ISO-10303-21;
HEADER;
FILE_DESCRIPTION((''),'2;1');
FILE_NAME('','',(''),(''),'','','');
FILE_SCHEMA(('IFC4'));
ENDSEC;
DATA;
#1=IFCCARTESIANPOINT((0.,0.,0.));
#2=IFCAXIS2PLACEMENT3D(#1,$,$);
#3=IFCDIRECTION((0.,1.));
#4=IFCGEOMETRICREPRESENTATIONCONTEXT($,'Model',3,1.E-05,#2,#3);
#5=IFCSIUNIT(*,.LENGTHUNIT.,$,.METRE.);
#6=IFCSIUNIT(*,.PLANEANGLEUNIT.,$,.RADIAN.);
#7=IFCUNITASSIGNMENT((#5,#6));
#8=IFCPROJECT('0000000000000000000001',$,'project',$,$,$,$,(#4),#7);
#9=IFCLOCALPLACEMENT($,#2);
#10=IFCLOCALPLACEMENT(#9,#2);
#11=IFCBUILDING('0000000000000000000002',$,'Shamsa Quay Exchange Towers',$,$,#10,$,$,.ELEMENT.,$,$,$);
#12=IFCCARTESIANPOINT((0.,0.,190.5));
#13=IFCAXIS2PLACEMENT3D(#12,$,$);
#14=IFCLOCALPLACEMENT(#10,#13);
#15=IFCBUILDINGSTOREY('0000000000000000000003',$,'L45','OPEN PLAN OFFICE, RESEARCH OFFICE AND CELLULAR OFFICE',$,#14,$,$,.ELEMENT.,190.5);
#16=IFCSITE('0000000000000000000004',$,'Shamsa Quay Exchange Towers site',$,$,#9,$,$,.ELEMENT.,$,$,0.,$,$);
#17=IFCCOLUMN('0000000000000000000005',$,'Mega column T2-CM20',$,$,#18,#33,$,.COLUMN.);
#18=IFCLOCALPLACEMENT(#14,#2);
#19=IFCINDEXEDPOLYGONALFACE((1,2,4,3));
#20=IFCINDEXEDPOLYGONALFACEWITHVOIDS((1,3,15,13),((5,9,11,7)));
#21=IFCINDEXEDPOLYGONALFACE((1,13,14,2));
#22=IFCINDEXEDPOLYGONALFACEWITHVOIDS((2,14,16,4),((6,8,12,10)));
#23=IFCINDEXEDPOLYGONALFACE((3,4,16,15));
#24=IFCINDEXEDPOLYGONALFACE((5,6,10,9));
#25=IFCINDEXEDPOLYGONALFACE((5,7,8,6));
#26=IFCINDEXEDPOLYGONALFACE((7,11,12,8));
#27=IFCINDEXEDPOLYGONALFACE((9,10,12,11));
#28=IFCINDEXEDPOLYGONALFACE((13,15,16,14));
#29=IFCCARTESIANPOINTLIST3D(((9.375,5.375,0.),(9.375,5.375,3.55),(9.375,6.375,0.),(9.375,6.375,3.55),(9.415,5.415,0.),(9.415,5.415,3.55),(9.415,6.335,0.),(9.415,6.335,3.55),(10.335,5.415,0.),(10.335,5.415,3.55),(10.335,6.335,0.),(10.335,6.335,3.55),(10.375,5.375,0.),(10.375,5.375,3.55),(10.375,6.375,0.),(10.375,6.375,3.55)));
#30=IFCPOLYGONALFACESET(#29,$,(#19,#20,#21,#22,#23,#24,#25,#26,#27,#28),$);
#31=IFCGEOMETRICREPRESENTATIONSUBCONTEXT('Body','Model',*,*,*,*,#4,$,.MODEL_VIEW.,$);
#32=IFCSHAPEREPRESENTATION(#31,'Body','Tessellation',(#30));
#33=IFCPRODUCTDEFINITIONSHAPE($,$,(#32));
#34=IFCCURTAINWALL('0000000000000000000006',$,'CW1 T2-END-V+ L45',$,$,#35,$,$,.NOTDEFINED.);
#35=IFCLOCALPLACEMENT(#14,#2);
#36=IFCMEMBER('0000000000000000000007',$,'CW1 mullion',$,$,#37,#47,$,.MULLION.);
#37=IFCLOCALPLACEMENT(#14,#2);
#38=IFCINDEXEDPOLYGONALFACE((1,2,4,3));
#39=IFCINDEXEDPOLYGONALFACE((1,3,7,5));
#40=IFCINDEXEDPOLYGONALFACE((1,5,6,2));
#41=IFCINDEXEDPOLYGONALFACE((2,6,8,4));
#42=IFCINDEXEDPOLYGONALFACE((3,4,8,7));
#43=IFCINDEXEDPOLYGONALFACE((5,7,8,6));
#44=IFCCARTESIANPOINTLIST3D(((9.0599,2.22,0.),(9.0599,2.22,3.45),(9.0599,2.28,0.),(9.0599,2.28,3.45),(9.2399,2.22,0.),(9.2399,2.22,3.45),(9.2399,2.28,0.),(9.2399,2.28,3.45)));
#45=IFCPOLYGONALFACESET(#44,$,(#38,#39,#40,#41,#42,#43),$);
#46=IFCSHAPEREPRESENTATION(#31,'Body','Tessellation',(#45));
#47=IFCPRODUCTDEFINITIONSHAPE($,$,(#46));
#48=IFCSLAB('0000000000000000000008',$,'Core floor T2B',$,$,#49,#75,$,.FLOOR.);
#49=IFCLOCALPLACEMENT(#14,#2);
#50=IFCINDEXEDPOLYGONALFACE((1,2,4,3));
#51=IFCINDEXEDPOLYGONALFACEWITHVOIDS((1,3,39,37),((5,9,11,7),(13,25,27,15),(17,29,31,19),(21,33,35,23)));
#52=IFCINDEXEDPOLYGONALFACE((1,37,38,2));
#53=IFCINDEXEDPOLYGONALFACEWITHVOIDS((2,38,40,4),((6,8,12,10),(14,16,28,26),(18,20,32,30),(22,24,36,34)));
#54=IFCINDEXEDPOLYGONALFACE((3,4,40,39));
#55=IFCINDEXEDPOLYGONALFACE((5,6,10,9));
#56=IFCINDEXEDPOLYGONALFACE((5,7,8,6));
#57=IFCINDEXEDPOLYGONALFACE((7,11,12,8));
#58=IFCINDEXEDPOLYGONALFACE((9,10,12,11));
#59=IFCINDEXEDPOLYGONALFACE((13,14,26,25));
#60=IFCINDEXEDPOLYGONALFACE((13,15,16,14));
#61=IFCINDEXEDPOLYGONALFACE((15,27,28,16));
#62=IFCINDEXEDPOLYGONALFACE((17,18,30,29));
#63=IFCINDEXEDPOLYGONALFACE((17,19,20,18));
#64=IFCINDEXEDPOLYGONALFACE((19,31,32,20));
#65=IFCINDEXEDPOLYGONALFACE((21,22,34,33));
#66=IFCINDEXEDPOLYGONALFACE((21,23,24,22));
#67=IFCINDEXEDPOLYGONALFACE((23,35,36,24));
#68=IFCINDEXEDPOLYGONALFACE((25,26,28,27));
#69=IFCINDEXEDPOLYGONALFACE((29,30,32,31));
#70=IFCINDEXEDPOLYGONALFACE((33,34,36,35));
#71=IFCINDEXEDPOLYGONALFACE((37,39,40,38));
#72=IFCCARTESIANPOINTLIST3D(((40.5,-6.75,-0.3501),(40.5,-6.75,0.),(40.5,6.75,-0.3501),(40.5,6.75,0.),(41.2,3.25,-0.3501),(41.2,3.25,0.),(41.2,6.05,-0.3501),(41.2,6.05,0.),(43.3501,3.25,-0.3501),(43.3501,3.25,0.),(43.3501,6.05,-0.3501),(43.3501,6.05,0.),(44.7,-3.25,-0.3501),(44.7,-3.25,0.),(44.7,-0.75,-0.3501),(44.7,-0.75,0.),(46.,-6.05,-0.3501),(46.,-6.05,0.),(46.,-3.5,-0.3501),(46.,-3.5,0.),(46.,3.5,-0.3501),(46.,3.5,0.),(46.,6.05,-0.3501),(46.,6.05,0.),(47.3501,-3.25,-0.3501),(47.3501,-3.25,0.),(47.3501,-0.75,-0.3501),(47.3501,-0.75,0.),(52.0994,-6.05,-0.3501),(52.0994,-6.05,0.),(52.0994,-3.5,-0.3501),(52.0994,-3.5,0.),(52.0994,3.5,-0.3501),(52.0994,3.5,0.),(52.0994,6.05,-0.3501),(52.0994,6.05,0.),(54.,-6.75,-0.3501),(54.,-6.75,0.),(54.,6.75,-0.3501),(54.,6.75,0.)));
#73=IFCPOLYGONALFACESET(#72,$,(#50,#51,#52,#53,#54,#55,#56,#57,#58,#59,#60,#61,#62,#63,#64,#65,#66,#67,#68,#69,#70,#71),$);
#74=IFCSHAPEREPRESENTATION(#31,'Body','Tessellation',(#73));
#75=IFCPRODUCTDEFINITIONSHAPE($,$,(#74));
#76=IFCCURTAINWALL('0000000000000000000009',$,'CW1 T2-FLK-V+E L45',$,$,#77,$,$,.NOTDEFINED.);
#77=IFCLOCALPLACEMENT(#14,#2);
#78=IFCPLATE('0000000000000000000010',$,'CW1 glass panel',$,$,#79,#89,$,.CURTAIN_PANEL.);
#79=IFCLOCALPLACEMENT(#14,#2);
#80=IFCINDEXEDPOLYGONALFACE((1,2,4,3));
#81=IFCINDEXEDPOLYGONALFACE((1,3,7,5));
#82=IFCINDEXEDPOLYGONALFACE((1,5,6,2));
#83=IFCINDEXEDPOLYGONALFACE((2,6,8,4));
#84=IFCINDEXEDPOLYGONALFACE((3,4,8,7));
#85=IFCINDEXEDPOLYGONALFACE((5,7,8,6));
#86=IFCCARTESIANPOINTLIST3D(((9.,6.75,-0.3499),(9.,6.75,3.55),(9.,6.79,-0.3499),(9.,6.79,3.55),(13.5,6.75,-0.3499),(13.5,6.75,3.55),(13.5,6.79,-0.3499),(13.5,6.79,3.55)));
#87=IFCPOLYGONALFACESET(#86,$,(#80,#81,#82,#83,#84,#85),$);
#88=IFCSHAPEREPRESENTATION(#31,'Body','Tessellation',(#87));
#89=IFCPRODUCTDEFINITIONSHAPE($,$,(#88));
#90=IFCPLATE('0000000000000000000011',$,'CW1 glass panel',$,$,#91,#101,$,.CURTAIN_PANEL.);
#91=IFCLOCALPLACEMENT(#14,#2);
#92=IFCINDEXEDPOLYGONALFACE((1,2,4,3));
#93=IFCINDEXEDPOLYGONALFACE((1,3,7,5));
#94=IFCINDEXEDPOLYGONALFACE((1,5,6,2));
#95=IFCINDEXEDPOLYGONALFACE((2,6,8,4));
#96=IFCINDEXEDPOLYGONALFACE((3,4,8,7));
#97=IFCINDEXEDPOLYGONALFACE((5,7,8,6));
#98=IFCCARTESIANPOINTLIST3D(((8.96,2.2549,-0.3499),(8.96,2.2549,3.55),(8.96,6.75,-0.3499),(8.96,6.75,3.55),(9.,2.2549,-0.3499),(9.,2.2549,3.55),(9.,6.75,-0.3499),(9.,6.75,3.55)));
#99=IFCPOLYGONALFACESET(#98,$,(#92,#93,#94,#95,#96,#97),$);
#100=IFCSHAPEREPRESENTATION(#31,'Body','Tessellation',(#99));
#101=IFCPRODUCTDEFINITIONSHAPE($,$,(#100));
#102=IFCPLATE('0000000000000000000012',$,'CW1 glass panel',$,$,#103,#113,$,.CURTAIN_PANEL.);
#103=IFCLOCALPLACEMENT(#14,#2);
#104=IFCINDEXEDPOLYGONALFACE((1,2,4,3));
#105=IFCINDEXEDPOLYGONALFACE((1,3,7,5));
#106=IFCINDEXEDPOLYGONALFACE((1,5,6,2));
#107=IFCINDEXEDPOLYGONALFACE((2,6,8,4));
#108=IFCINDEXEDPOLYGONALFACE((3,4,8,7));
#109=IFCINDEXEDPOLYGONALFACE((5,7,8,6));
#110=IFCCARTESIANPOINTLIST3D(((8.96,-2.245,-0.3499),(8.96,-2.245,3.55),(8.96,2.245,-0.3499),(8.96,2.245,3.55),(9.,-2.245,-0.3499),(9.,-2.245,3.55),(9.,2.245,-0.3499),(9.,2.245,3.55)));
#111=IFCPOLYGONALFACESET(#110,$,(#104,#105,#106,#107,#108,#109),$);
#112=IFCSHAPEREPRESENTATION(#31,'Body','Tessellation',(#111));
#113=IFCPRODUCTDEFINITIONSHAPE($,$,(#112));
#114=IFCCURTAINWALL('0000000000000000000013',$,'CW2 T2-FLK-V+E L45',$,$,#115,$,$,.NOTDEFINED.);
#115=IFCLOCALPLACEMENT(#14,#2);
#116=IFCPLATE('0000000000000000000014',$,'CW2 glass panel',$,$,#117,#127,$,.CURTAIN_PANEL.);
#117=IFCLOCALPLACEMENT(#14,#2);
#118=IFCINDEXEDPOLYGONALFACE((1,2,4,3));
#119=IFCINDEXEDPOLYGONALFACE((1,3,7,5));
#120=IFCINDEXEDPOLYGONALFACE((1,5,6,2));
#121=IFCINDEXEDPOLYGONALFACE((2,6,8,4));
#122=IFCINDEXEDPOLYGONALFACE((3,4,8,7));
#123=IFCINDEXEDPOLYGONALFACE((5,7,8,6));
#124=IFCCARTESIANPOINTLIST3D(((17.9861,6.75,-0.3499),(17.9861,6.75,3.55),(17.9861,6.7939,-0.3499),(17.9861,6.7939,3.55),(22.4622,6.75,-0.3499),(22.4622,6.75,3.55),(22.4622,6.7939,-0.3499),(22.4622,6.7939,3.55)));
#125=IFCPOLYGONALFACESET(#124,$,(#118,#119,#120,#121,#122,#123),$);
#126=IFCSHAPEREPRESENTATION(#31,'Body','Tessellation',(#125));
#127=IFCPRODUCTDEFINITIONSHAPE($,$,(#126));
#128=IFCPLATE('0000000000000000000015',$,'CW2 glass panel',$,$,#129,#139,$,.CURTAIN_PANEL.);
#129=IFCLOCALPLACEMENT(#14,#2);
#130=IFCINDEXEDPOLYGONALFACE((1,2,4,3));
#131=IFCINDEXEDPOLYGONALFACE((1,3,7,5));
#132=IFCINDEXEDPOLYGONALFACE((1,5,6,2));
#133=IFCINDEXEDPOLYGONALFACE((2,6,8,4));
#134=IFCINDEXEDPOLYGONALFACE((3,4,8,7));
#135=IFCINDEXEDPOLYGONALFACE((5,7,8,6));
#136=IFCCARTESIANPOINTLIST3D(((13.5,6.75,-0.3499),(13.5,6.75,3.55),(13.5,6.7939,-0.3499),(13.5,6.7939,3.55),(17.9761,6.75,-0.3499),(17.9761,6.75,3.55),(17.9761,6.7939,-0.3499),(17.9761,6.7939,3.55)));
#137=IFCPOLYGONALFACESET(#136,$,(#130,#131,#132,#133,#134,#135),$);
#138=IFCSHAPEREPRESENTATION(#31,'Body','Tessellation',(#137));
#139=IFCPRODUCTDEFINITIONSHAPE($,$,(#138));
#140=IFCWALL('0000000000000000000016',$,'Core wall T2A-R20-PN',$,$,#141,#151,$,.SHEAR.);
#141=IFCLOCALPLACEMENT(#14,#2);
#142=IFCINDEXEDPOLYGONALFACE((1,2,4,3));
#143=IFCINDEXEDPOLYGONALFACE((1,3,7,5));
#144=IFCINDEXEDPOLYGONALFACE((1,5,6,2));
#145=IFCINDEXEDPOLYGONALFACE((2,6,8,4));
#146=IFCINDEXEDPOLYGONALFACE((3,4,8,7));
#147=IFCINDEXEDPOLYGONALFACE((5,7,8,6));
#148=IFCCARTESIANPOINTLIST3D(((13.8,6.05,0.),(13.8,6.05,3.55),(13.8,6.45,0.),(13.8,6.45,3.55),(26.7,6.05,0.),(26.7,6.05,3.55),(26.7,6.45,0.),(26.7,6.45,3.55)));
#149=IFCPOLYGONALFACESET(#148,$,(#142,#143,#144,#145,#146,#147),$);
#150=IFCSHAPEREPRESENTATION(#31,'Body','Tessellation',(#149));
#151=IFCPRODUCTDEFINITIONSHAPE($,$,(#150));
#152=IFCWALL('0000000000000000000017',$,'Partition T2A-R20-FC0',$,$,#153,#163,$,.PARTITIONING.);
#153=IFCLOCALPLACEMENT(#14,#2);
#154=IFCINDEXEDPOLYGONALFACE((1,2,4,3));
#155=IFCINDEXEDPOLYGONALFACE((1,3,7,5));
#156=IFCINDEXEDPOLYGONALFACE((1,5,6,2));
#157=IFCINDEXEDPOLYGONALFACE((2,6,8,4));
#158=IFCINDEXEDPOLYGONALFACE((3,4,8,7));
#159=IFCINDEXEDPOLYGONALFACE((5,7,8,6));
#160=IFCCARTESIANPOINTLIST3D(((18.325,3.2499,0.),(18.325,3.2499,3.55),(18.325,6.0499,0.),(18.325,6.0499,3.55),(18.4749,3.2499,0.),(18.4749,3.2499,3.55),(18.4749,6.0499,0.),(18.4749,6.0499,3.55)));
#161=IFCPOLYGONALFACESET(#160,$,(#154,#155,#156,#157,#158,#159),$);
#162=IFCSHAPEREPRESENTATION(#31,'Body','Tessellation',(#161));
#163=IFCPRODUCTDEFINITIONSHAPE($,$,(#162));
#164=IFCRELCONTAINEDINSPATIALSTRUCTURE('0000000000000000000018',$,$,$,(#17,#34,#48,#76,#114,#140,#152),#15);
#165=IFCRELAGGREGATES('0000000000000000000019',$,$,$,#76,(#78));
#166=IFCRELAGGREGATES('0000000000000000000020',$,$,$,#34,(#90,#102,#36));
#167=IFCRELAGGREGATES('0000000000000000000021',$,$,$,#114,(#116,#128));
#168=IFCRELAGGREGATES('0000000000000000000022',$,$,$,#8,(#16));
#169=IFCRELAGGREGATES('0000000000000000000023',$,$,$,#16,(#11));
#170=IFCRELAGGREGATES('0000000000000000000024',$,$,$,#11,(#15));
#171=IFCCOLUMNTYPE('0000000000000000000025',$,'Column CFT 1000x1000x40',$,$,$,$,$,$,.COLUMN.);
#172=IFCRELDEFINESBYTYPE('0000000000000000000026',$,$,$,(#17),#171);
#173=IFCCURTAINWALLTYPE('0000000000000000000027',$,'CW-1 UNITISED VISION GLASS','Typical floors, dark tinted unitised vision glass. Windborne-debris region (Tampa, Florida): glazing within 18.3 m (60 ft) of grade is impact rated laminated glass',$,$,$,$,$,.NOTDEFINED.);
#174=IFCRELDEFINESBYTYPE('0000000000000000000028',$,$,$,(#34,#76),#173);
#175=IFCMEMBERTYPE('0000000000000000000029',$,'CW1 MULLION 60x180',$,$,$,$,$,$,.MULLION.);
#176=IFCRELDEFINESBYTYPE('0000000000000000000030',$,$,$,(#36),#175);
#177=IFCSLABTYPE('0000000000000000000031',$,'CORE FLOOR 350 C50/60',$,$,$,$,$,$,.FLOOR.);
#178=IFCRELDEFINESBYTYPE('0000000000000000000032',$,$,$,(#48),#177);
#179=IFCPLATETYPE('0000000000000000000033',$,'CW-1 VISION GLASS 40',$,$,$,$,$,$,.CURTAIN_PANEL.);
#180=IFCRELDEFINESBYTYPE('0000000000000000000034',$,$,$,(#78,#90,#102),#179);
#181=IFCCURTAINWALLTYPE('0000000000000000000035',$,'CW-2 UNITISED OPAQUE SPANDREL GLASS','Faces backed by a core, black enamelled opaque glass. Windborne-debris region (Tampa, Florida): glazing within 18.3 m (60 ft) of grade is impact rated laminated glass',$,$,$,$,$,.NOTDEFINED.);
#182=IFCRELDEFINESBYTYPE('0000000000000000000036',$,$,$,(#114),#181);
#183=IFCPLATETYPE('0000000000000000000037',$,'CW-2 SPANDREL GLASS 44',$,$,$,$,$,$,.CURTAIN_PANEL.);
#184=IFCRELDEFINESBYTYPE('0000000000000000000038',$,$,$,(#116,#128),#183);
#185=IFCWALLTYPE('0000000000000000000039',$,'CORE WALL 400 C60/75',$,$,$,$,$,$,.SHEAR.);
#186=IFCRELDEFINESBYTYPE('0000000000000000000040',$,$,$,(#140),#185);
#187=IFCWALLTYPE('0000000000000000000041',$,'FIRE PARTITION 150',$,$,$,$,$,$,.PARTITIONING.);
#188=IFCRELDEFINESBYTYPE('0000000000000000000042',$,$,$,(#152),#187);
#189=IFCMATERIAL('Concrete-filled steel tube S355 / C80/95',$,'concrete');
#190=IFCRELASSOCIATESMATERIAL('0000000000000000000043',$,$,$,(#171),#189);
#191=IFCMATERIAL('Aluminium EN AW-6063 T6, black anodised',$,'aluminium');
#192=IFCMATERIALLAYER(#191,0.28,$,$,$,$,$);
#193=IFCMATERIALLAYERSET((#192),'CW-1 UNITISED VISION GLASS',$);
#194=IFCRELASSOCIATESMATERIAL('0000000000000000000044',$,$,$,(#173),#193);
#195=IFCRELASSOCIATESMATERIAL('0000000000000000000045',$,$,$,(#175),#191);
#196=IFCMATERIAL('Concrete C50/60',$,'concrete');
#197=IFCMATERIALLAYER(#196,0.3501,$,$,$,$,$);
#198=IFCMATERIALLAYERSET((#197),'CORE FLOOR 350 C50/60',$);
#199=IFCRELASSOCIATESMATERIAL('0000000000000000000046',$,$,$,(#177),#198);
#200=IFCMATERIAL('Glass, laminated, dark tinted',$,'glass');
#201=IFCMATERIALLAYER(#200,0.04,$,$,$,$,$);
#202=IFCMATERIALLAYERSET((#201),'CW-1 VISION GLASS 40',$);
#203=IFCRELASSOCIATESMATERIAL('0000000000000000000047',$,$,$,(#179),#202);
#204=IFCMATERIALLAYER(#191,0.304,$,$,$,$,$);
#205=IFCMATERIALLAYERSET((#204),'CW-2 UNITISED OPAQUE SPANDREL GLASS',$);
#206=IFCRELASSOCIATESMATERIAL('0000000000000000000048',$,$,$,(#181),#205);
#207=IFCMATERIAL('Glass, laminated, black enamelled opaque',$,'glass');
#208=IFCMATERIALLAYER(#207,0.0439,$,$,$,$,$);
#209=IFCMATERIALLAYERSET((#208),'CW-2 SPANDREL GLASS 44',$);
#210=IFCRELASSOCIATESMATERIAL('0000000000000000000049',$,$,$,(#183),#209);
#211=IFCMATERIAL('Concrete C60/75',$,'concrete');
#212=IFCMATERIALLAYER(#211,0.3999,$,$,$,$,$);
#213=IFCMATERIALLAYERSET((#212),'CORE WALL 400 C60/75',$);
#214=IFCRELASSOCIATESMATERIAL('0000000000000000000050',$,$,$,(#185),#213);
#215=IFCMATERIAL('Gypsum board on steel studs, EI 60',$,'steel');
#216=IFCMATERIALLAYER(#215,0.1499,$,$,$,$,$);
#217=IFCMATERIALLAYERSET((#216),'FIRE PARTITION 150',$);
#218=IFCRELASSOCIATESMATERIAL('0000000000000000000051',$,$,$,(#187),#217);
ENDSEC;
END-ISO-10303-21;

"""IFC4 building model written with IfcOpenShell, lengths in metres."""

from ifc_helpers import new_model, si_unit, direction, frame, frame_2d, origin, origin_2d, place, context, subcontext, project, spatial, polyline, rectangle, hollow_rectangle, outline, extrude, material, layer, layer_set, material_profile, profile_set, type_object, element, aggregate, save


model = new_model("IFC4")

# Units and contexts
model_context = context("Model", 3, precision=1e-05, world=origin(), true_north=direction((0.0, 1.0)))
body_context = subcontext(model_context, "Body", "Model", "MODEL_VIEW")
ifc_project = project(units=[si_unit("LENGTHUNIT", "METRE"), si_unit("PLANEANGLEUNIT", "RADIAN")], contexts=[model_context])

# Site, building, storey
site_placement = place(None, origin())
site = spatial("IfcSite", under=ifc_project, at=site_placement, Name="Shamsa Quay Exchange Towers site", CompositionType="ELEMENT", RefElevation=0.0)
building_placement = place(site_placement, origin())
building = spatial("IfcBuilding", under=site, at=building_placement, Name="Shamsa Quay Exchange Towers", CompositionType="ELEMENT")
storey_placement = place(building_placement, frame((0.0, 0.0, 190.5)))
storey = spatial("IfcBuildingStorey", under=building, at=storey_placement, Name="L45", Description="OPEN PLAN OFFICE, RESEARCH OFFICE AND CELLULAR OFFICE", CompositionType="ELEMENT", Elevation=190.5)

# Column
ifc_material_1 = material(Name="Concrete-filled steel tube S355 / C80/95", Category="concrete")
ifc_material_profile_1 = material_profile(ifc_material_1, hollow_rectangle(XDim=1.0, YDim=1.0, WallThickness=0.04, at=origin_2d()), Name="CFT 1000x1000x40")
ifc_profile_set_1 = profile_set([ifc_material_profile_1], Name="Concrete-filled steel tube S355 / C80/95")
column_type = type_object("IfcColumnType", Name="Column CFT 1000x1000x40", PredefinedType="COLUMN", material=ifc_profile_set_1)
column_placement = place(storey_placement, frame((9.875, 5.875, 0.0)))
element("IfcColumn", 1, at=column_placement, inside=storey, type_object=column_type, Name="Mega column T2-CM20", PredefinedType="COLUMN", context=body_context, shape_type="SweptSolid", body=[
    extrude(hollow_rectangle(XDim=1.0, YDim=1.0, WallThickness=0.04, at=origin_2d()), origin(), (0.0, 0.0, 1.0), 3.55),
])

# Curtain wall, member
ifc_material_2 = material(Name="Aluminium EN AW-6063 T6, black anodised", Category="aluminium")
ifc_layer_1 = layer(ifc_material_2, 0.28)
ifc_layer_set_1 = layer_set([ifc_layer_1], Name="CW-1 UNITISED VISION GLASS")
curtain_wall_type_1 = type_object("IfcCurtainWallType", Name="CW-1 UNITISED VISION GLASS", Description="Typical floors, dark tinted unitised vision glass. Windborne-debris region (Tampa, Florida): glazing within 18.3 m (60 ft) of grade is impact rated laminated glass", PredefinedType="NOTDEFINED", material=ifc_layer_set_1)
curtain_wall_1_placement = place(storey_placement, origin())
curtain_wall_1 = element("IfcCurtainWall", 2, at=curtain_wall_1_placement, inside=storey, type_object=curtain_wall_type_1, Name="CW1 T2-END-V+ L45", PredefinedType="NOTDEFINED")
ifc_material_profile_2 = material_profile(ifc_material_2, rectangle(XDim=0.1799, YDim=0.0601, at=origin_2d()), Name="MU60x180")
ifc_profile_set_2 = profile_set([ifc_material_profile_2], Name="Aluminium EN AW-6063 T6, black anodised")
member_type = type_object("IfcMemberType", Name="CW1 MULLION 60x180", PredefinedType="MULLION", material=ifc_profile_set_2)
member_placement = place(storey_placement, frame((9.1499, 2.25, 0.0)))
member = element("IfcMember", 3, at=member_placement, type_object=member_type, Name="CW1 mullion", PredefinedType="MULLION", context=body_context, shape_type="SweptSolid", body=[
    extrude(rectangle(XDim=0.1799, YDim=0.0601, at=origin_2d()), origin(), (0.0, 0.0, 1.0), 3.45),
])

# Slab
ifc_material_3 = material(Name="Concrete C50/60", Category="concrete")
ifc_layer_2 = layer(ifc_material_3, 0.3501)
ifc_layer_set_2 = layer_set([ifc_layer_2], Name="CORE FLOOR 350 C50/60")
slab_type = type_object("IfcSlabType", Name="CORE FLOOR 350 C50/60", PredefinedType="FLOOR", material=ifc_layer_set_2)
slab_placement = place(storey_placement, frame((0.0, 0.0, -0.3501)))
element("IfcSlab", 4, at=slab_placement, inside=storey, type_object=slab_type, Name="Core floor T2B", PredefinedType="FLOOR", context=body_context, shape_type="SweptSolid", body=[
    extrude(outline(polyline([(54.0, -6.75), (54.0, 6.75), (40.5, 6.75), (40.5, -6.75), (54.0, -6.75)]), holes=[polyline([(52.0994, -3.5), (52.0994, -6.05), (46.0, -6.05), (46.0, -3.5), (52.0994, -3.5)]), polyline([(52.0994, 6.05), (52.0994, 3.5), (46.0, 3.5), (46.0, 6.05), (52.0994, 6.05)]), polyline([(43.3501, 3.25), (41.2, 3.25), (41.2, 6.05), (43.3501, 6.05), (43.3501, 3.25)]), polyline([(47.3501, -3.25), (44.7, -3.25), (44.7, -0.75), (47.3501, -0.75), (47.3501, -3.25)])]), origin(), (0.0, 0.0, 1.0), 0.3501),
])

# Curtain wall, plate
curtain_wall_2_placement = place(storey_placement, origin())
curtain_wall_2 = element("IfcCurtainWall", 5, at=curtain_wall_2_placement, inside=storey, type_object=curtain_wall_type_1, Name="CW1 T2-FLK-V+E L45", PredefinedType="NOTDEFINED")
ifc_material_4 = material(Name="Glass, laminated, dark tinted", Category="glass")
ifc_layer_3 = layer(ifc_material_4, 0.04)
ifc_layer_set_3 = layer_set([ifc_layer_3], Name="CW-1 VISION GLASS 40")
plate_type_1 = type_object("IfcPlateType", Name="CW-1 VISION GLASS 40", PredefinedType="CURTAIN_PANEL", material=ifc_layer_set_3)
plate_1_placement = place(storey_placement, frame((11.25, 6.77, -0.3499), z_axis=(0.0, 0.0, 1.0), x_axis=(-1.0, 0.0, 0.0)))
plate_1 = element("IfcPlate", 6, at=plate_1_placement, type_object=plate_type_1, Name="CW1 glass panel", PredefinedType="CURTAIN_PANEL", context=body_context, shape_type="SweptSolid", body=[
    extrude(rectangle(XDim=4.5, YDim=0.04, at=origin_2d()), origin(), (0.0, 0.0, 1.0), 3.8999),
])
aggregate(curtain_wall_2, [plate_1])

# Plates
plate_2_placement = place(storey_placement, frame((8.98, 4.5024, -0.3499), z_axis=(0.0, 0.0, 1.0), x_axis=(0.0, -1.0, 0.0)))
plate_2 = element("IfcPlate", 7, at=plate_2_placement, type_object=plate_type_1, Name="CW1 glass panel", PredefinedType="CURTAIN_PANEL", context=body_context, shape_type="SweptSolid", body=[
    extrude(rectangle(XDim=4.4951, YDim=0.04, at=origin_2d()), origin(), (0.0, 0.0, 1.0), 3.8999),
])
plate_3_placement = place(storey_placement, frame((8.98, 0.0, -0.3499), z_axis=(0.0, 0.0, 1.0), x_axis=(0.0, -1.0, 0.0)))
plate_3 = element("IfcPlate", 8, at=plate_3_placement, type_object=plate_type_1, Name="CW1 glass panel", PredefinedType="CURTAIN_PANEL", context=body_context, shape_type="SweptSolid", body=[
    extrude(rectangle(XDim=4.49, YDim=0.04, at=origin_2d()), origin(), (0.0, 0.0, 1.0), 3.8999),
])
aggregate(curtain_wall_1, [plate_2, plate_3, member])

# Curtain wall, plates
ifc_layer_4 = layer(ifc_material_2, 0.304)
ifc_layer_set_4 = layer_set([ifc_layer_4], Name="CW-2 UNITISED OPAQUE SPANDREL GLASS")
curtain_wall_type_2 = type_object("IfcCurtainWallType", Name="CW-2 UNITISED OPAQUE SPANDREL GLASS", Description="Faces backed by a core, black enamelled opaque glass. Windborne-debris region (Tampa, Florida): glazing within 18.3 m (60 ft) of grade is impact rated laminated glass", PredefinedType="NOTDEFINED", material=ifc_layer_set_4)
curtain_wall_3_placement = place(storey_placement, origin())
curtain_wall_3 = element("IfcCurtainWall", 9, at=curtain_wall_3_placement, inside=storey, type_object=curtain_wall_type_2, Name="CW2 T2-FLK-V+E L45", PredefinedType="NOTDEFINED")
ifc_material_5 = material(Name="Glass, laminated, black enamelled opaque", Category="glass")
ifc_layer_5 = layer(ifc_material_5, 0.0439)
ifc_layer_set_5 = layer_set([ifc_layer_5], Name="CW-2 SPANDREL GLASS 44")
plate_type_2 = type_object("IfcPlateType", Name="CW-2 SPANDREL GLASS 44", PredefinedType="CURTAIN_PANEL", material=ifc_layer_set_5)
plate_4_placement = place(storey_placement, frame((20.2241, 6.772, -0.3499), z_axis=(0.0, 0.0, 1.0), x_axis=(-1.0, 0.0, 0.0)))
plate_4 = element("IfcPlate", 10, at=plate_4_placement, type_object=plate_type_2, Name="CW2 glass panel", PredefinedType="CURTAIN_PANEL", context=body_context, shape_type="SweptSolid", body=[
    extrude(rectangle(XDim=4.4761, YDim=0.0439, at=origin_2d()), origin(), (0.0, 0.0, 1.0), 3.8999),
])
plate_5_placement = place(storey_placement, frame((15.738, 6.772, -0.3499), z_axis=(0.0, 0.0, 1.0), x_axis=(-1.0, 0.0, 0.0)))
plate_5 = element("IfcPlate", 11, at=plate_5_placement, type_object=plate_type_2, Name="CW2 glass panel", PredefinedType="CURTAIN_PANEL", context=body_context, shape_type="SweptSolid", body=[
    extrude(rectangle(XDim=4.4761, YDim=0.0439, at=origin_2d()), origin(), (0.0, 0.0, 1.0), 3.8999),
])
aggregate(curtain_wall_3, [plate_4, plate_5])

# Wall
ifc_material_6 = material(Name="Concrete C60/75", Category="concrete")
ifc_layer_6 = layer(ifc_material_6, 0.3999)
ifc_layer_set_6 = layer_set([ifc_layer_6], Name="CORE WALL 400 C60/75")
wall_type_1 = type_object("IfcWallType", Name="CORE WALL 400 C60/75", PredefinedType="SHEAR", material=ifc_layer_set_6)
wall_1_placement = place(storey_placement, frame((13.8, 6.25, 0.0)))
element("IfcWall", 12, at=wall_1_placement, inside=storey, type_object=wall_type_1, Name="Core wall T2A-R20-PN", PredefinedType="SHEAR", context=body_context, shape_type="SweptSolid", body=[
    extrude(rectangle(XDim=12.8999, YDim=0.3999, at=frame_2d((6.45, 0.0))), origin(), (0.0, 0.0, 1.0), 3.55),
])

# Wall
ifc_material_7 = material(Name="Gypsum board on steel studs, EI 60", Category="steel")
ifc_layer_7 = layer(ifc_material_7, 0.1499)
ifc_layer_set_7 = layer_set([ifc_layer_7], Name="FIRE PARTITION 150")
wall_type_2 = type_object("IfcWallType", Name="FIRE PARTITION 150", PredefinedType="PARTITIONING", material=ifc_layer_set_7)
wall_2_placement = place(storey_placement, frame((18.3999, 3.25, 0.0), z_axis=(0.0, 0.0, 1.0), x_axis=(0.0, 1.0, 0.0)))
element("IfcWall", 13, at=wall_2_placement, inside=storey, type_object=wall_type_2, Name="Partition T2A-R20-FC0", PredefinedType="PARTITIONING", context=body_context, shape_type="SweptSolid", body=[
    extrude(rectangle(XDim=2.8, YDim=0.1499, at=frame_2d((1.3999, 0.0))), origin(), (0.0, 0.0, 1.0), 3.55),
])

save(model, "model.ifc")
